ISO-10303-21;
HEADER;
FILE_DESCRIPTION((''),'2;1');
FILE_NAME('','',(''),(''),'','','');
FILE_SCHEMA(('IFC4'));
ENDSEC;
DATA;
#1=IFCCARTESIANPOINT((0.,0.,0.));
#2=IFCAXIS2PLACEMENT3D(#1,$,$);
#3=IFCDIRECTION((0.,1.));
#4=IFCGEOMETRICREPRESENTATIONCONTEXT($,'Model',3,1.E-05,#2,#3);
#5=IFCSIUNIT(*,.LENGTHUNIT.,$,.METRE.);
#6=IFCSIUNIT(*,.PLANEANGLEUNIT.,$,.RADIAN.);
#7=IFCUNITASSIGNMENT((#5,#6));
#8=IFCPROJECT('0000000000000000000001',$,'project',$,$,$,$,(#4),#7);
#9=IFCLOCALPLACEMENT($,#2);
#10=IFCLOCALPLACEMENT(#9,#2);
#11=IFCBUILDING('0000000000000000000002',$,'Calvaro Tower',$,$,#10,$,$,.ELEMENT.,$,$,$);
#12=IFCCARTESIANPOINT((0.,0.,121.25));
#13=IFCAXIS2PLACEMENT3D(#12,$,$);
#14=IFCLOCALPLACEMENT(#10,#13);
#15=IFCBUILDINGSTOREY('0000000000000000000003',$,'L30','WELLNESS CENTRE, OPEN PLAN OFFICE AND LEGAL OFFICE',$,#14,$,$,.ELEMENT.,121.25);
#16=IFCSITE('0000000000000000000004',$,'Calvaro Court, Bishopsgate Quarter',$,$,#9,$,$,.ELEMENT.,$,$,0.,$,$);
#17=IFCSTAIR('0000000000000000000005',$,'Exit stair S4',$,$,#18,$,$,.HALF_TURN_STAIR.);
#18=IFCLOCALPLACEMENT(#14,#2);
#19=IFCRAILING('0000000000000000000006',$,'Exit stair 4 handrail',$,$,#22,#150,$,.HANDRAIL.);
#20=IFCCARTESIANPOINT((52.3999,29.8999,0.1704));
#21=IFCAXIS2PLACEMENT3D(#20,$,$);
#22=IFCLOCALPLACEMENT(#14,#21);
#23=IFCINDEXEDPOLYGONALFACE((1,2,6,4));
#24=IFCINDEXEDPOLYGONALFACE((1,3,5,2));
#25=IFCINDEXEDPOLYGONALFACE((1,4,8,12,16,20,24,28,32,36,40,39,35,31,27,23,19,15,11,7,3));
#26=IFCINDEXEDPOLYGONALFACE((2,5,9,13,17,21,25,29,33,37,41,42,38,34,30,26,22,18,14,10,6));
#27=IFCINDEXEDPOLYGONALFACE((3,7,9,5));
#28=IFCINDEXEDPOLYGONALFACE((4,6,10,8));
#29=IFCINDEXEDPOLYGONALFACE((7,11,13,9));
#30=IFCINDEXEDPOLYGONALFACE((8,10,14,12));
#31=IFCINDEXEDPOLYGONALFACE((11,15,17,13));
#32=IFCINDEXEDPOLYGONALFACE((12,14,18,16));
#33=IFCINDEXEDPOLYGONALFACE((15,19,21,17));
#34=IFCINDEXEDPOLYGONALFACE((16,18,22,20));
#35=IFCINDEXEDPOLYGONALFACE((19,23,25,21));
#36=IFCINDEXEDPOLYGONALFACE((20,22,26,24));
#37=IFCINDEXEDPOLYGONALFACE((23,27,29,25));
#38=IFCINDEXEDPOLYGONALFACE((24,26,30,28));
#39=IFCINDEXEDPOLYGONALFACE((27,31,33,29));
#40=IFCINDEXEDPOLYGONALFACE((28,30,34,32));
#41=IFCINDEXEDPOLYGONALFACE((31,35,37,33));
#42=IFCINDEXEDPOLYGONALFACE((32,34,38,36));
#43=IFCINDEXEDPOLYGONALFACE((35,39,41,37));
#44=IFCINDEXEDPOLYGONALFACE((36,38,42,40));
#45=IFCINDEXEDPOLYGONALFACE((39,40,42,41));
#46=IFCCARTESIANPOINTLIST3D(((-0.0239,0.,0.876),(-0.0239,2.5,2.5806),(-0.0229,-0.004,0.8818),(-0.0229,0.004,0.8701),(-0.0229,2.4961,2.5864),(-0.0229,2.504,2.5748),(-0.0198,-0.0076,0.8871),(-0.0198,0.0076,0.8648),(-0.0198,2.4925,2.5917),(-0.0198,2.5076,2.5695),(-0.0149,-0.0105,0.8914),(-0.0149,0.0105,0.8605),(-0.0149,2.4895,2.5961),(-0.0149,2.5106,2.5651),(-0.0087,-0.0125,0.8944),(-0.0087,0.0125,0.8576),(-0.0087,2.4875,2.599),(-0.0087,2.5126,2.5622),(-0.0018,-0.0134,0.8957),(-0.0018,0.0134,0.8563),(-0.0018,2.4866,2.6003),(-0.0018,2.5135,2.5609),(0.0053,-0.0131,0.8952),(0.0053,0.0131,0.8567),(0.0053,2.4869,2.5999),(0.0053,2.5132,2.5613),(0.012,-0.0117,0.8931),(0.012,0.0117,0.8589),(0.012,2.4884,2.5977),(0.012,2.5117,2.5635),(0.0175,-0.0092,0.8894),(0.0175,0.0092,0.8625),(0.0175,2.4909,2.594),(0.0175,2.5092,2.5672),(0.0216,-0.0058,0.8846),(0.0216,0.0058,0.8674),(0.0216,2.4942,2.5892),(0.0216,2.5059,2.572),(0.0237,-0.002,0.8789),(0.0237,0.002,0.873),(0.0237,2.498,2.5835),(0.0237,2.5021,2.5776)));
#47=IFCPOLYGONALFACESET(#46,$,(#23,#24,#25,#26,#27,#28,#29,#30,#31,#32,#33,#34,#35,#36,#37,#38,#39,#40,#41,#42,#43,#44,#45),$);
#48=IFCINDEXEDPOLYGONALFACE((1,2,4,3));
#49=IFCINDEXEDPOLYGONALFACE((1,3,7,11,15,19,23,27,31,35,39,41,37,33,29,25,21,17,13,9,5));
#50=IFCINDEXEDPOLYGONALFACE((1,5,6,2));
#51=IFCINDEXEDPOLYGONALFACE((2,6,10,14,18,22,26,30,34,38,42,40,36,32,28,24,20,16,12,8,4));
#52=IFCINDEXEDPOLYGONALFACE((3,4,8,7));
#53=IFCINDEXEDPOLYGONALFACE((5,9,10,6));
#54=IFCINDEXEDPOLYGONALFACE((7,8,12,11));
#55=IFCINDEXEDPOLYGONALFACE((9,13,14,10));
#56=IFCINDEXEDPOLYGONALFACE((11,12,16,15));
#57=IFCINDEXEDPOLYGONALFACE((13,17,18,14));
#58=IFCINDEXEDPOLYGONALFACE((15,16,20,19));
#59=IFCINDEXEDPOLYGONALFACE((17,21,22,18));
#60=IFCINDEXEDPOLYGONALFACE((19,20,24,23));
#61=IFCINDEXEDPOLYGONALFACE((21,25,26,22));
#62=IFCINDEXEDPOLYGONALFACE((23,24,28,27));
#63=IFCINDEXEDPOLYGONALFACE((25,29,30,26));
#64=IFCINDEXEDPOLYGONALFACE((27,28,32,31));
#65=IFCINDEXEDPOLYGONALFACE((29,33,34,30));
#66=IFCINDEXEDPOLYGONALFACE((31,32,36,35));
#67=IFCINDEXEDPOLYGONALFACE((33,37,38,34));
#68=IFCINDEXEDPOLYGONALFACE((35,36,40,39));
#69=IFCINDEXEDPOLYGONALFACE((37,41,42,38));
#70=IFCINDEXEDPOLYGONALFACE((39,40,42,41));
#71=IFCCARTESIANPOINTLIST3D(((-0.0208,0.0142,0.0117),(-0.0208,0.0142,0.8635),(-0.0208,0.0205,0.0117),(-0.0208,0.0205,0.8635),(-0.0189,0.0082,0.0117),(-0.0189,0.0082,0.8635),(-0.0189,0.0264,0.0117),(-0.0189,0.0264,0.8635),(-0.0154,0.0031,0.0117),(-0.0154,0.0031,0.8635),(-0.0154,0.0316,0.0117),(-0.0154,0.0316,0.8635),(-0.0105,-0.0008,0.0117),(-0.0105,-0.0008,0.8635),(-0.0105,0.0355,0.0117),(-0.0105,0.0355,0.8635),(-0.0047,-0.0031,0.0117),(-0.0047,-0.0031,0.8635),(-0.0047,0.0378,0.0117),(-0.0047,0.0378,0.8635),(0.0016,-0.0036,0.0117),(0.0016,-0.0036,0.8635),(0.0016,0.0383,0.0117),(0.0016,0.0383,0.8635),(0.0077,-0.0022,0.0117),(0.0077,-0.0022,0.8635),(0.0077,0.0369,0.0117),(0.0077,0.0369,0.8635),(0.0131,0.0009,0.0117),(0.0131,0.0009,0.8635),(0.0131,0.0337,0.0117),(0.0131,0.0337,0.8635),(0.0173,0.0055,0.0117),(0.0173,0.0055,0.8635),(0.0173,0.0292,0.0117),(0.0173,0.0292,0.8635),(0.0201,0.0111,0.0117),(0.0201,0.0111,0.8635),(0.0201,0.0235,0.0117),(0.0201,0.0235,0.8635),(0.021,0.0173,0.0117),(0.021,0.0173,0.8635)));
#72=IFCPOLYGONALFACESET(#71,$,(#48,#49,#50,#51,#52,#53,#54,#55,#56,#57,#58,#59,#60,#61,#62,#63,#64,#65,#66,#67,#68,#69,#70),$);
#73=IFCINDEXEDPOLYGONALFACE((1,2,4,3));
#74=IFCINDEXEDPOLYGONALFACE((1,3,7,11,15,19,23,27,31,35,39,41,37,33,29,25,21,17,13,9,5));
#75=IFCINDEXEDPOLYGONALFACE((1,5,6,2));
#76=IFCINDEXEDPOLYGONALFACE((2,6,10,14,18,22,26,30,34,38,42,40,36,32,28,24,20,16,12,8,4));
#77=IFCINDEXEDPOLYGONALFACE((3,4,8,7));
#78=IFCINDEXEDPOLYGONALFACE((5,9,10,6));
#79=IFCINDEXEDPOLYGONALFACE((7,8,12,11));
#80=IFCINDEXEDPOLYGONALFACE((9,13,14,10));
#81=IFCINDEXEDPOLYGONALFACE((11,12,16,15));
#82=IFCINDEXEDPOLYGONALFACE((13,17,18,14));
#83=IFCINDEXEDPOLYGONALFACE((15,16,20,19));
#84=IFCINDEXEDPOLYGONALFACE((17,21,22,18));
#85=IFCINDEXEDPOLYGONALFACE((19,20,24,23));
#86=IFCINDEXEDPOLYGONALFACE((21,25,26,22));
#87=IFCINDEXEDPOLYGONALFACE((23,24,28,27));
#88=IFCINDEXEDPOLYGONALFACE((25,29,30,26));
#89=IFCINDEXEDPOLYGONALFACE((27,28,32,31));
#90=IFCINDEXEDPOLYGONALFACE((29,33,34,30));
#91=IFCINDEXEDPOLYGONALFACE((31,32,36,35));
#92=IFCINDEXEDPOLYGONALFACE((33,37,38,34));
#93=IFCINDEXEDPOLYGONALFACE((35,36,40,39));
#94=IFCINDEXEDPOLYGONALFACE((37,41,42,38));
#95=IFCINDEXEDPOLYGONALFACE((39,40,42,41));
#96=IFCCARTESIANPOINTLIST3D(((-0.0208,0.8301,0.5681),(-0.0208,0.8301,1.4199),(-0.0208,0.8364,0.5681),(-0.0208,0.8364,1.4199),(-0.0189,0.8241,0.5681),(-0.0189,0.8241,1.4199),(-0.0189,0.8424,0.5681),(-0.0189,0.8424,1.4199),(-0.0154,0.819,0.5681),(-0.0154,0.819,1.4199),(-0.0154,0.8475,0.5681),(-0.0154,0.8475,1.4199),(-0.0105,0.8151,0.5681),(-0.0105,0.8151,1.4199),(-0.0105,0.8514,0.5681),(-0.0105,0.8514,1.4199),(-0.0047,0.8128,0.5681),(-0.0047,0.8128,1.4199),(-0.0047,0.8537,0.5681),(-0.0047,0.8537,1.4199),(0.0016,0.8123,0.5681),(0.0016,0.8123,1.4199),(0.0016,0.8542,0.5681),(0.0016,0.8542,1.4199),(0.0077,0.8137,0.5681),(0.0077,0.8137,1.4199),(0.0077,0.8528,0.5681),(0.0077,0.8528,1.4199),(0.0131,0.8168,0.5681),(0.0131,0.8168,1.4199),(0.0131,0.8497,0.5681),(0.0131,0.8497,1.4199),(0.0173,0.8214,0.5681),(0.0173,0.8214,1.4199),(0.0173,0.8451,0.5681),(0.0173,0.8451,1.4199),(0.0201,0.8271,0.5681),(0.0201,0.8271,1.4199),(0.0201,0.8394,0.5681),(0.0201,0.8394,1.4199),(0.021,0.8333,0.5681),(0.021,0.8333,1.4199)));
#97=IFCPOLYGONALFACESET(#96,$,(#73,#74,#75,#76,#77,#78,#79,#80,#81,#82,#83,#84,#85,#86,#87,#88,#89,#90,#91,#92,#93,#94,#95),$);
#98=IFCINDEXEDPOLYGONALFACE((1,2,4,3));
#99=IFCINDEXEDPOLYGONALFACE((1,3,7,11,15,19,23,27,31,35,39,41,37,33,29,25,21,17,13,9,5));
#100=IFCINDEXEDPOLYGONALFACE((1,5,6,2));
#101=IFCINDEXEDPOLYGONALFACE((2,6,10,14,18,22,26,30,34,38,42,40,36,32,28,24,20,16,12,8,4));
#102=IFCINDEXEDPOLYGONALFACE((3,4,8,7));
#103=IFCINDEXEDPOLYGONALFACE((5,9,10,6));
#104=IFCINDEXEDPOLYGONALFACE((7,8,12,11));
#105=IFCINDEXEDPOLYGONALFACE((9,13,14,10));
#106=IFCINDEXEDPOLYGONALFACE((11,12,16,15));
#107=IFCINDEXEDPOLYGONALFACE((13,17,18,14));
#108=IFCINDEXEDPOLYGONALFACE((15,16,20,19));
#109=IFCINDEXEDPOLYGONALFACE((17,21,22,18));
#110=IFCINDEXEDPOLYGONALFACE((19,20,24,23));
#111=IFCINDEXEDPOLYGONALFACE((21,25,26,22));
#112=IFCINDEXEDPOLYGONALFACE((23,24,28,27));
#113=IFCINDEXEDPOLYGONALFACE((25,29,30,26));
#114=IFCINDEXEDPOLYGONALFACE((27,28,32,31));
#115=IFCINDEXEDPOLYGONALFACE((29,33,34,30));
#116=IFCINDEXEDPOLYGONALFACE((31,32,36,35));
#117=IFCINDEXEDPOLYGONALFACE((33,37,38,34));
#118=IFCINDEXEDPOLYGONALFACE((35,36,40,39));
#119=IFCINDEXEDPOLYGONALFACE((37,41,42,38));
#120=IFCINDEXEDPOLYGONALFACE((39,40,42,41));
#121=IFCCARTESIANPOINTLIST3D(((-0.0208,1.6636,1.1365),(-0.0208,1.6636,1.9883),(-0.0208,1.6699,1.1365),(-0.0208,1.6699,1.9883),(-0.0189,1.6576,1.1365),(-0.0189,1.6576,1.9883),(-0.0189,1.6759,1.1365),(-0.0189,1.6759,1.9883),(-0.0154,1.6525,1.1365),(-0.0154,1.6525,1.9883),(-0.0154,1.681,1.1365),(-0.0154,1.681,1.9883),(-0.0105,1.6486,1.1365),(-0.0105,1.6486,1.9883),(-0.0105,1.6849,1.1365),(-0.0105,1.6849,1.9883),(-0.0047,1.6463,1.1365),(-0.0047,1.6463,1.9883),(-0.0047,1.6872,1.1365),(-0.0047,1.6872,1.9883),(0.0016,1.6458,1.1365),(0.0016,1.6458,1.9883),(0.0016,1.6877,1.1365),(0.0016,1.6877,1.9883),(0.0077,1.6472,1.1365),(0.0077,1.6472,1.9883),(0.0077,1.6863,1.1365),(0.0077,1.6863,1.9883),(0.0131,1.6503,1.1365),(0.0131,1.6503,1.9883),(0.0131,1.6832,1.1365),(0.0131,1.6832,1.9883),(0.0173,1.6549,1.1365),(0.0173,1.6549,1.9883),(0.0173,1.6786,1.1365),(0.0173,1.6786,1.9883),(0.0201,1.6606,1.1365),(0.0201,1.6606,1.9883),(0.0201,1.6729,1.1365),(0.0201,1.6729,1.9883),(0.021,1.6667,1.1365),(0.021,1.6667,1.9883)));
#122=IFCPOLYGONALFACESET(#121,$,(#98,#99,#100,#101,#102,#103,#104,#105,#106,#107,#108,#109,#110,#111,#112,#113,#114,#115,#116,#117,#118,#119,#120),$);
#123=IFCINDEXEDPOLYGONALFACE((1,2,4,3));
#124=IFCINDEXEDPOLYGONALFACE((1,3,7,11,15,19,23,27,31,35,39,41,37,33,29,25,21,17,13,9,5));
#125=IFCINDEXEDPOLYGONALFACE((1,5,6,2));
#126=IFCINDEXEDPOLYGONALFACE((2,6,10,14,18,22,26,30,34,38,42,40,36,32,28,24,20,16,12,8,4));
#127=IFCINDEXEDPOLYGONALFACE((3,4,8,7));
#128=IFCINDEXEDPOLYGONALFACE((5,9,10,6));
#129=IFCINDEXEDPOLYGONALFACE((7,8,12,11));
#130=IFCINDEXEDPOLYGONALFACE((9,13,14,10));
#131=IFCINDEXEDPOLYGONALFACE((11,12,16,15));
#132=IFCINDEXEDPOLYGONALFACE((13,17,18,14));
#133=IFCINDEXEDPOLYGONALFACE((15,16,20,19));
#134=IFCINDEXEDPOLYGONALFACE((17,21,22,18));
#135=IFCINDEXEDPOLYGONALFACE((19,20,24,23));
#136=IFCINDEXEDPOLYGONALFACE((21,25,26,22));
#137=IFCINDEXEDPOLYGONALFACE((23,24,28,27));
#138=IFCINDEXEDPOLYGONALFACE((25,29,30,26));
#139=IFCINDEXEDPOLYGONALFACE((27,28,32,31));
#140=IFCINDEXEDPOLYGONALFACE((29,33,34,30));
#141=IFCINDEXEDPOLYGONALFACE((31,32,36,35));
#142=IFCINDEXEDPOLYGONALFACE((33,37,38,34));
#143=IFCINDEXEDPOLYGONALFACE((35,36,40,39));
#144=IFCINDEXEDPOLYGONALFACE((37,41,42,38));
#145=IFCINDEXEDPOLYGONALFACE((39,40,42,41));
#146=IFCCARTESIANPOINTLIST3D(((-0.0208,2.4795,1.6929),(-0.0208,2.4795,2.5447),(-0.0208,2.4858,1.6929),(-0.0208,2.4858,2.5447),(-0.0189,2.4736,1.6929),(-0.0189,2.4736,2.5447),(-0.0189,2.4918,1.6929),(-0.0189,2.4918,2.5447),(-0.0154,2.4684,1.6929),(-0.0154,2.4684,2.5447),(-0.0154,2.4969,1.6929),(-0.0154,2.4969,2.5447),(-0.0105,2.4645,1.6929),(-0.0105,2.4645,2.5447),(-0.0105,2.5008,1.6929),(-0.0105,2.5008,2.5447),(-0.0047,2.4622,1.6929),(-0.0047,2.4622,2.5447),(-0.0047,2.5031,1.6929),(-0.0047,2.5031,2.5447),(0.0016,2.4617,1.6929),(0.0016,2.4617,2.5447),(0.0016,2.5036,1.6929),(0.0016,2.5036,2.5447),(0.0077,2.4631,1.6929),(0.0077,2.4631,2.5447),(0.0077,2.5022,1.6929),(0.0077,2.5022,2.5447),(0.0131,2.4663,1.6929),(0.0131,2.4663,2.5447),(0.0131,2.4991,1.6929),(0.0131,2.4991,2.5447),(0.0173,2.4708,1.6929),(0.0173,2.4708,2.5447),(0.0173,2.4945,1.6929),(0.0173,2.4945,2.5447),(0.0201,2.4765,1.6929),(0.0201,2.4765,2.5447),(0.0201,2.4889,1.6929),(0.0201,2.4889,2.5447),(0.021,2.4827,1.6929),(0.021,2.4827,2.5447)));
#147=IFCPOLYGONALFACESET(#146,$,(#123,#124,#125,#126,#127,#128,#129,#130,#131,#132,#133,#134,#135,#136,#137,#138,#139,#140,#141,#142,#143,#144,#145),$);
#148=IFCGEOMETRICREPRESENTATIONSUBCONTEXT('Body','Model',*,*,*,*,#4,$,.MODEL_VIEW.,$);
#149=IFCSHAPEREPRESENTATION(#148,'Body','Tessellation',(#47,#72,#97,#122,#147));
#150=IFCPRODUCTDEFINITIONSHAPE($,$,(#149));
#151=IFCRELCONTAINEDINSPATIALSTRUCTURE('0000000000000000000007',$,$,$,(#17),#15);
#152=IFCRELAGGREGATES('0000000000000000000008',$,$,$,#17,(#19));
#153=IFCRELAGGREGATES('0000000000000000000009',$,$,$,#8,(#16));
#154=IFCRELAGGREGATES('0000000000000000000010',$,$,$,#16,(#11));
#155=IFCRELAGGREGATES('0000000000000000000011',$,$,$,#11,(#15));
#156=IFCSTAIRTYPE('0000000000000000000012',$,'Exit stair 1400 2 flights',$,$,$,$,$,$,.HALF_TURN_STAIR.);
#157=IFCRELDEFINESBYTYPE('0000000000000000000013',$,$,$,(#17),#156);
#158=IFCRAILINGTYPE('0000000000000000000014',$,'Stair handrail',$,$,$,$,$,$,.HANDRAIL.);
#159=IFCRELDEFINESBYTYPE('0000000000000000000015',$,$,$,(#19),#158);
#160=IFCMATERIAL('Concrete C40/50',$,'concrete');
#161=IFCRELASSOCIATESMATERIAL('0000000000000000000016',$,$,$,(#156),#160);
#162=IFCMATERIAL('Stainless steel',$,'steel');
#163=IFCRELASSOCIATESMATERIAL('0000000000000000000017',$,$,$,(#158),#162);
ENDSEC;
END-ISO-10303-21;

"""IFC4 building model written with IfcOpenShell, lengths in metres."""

from ifc_helpers import new_model, si_unit, direction, frame, origin, origin_2d, place, context, subcontext, project, spatial, circle, extrude, material, type_object, element, aggregate, save


model = new_model("IFC4")

# Units and contexts
model_context = context("Model", 3, precision=1e-05, world=origin(), true_north=direction((0.0, 1.0)))
body_context = subcontext(model_context, "Body", "Model", "MODEL_VIEW")
ifc_project = project(units=[si_unit("LENGTHUNIT", "METRE"), si_unit("PLANEANGLEUNIT", "RADIAN")], contexts=[model_context])

# Site, building, storey
site_placement = place(None, origin())
site = spatial("IfcSite", under=ifc_project, at=site_placement, Name="Calvaro Court, Bishopsgate Quarter", CompositionType="ELEMENT", RefElevation=0.0)
building_placement = place(site_placement, origin())
building = spatial("IfcBuilding", under=site, at=building_placement, Name="Calvaro Tower", CompositionType="ELEMENT")
storey_placement = place(building_placement, frame((0.0, 0.0, 121.25)))
storey = spatial("IfcBuildingStorey", under=building, at=storey_placement, Name="L30", Description="WELLNESS CENTRE, OPEN PLAN OFFICE AND LEGAL OFFICE", CompositionType="ELEMENT", Elevation=121.25)

# Shared definitions
ifc_material_1 = material(Name="Concrete C40/50", Category="concrete")
stair_type = type_object("IfcStairType", Name="Exit stair 1400 2 flights", PredefinedType="HALF_TURN_STAIR", material=ifc_material_1)

# Stair, railing
stair_1_placement = place(storey_placement, origin())
stair_1 = element("IfcStair", 1, at=stair_1_placement, inside=storey, type_object=stair_type, Name="Exit stair S4", PredefinedType="HALF_TURN_STAIR")
ifc_material_2 = material(Name="Stainless steel", Category="steel")
railing_type = type_object("IfcRailingType", Name="Stair handrail", PredefinedType="HANDRAIL", material=ifc_material_2)
railing_1_placement = place(storey_placement, frame((52.3999, 29.8999, 0.1704)))
railing_1 = element("IfcRailing", 2, at=railing_1_placement, type_object=railing_type, Name="Exit stair 4 handrail", PredefinedType="HANDRAIL", context=body_context, shape_type="SweptSolid", body=[
    extrude(circle(Radius=0.0239, at=origin_2d()), frame((0.0, 0.0, 0.876), z_axis=(0.0, 0.826221, 0.563347), x_axis=(-1.0, 0.0, 0.0)), (0.0, 0.0, 1.0), 3.0259),
    extrude(circle(Radius=0.021, at=origin_2d()), frame((0.0, 0.0173, 0.0117)), (0.0, 0.0, 1.0), 0.8518),
    extrude(circle(Radius=0.021, at=origin_2d()), frame((0.0, 0.8333, 0.5681)), (0.0, 0.0, 1.0), 0.8518),
    extrude(circle(Radius=0.021, at=origin_2d()), frame((0.0, 1.6667, 1.1365)), (0.0, 0.0, 1.0), 0.8518),
    extrude(circle(Radius=0.021, at=origin_2d()), frame((0.0, 2.4827, 1.6929)), (0.0, 0.0, 1.0), 0.8518),
])
aggregate(stair_1, [railing_1])

save(model, "model.ifc")
